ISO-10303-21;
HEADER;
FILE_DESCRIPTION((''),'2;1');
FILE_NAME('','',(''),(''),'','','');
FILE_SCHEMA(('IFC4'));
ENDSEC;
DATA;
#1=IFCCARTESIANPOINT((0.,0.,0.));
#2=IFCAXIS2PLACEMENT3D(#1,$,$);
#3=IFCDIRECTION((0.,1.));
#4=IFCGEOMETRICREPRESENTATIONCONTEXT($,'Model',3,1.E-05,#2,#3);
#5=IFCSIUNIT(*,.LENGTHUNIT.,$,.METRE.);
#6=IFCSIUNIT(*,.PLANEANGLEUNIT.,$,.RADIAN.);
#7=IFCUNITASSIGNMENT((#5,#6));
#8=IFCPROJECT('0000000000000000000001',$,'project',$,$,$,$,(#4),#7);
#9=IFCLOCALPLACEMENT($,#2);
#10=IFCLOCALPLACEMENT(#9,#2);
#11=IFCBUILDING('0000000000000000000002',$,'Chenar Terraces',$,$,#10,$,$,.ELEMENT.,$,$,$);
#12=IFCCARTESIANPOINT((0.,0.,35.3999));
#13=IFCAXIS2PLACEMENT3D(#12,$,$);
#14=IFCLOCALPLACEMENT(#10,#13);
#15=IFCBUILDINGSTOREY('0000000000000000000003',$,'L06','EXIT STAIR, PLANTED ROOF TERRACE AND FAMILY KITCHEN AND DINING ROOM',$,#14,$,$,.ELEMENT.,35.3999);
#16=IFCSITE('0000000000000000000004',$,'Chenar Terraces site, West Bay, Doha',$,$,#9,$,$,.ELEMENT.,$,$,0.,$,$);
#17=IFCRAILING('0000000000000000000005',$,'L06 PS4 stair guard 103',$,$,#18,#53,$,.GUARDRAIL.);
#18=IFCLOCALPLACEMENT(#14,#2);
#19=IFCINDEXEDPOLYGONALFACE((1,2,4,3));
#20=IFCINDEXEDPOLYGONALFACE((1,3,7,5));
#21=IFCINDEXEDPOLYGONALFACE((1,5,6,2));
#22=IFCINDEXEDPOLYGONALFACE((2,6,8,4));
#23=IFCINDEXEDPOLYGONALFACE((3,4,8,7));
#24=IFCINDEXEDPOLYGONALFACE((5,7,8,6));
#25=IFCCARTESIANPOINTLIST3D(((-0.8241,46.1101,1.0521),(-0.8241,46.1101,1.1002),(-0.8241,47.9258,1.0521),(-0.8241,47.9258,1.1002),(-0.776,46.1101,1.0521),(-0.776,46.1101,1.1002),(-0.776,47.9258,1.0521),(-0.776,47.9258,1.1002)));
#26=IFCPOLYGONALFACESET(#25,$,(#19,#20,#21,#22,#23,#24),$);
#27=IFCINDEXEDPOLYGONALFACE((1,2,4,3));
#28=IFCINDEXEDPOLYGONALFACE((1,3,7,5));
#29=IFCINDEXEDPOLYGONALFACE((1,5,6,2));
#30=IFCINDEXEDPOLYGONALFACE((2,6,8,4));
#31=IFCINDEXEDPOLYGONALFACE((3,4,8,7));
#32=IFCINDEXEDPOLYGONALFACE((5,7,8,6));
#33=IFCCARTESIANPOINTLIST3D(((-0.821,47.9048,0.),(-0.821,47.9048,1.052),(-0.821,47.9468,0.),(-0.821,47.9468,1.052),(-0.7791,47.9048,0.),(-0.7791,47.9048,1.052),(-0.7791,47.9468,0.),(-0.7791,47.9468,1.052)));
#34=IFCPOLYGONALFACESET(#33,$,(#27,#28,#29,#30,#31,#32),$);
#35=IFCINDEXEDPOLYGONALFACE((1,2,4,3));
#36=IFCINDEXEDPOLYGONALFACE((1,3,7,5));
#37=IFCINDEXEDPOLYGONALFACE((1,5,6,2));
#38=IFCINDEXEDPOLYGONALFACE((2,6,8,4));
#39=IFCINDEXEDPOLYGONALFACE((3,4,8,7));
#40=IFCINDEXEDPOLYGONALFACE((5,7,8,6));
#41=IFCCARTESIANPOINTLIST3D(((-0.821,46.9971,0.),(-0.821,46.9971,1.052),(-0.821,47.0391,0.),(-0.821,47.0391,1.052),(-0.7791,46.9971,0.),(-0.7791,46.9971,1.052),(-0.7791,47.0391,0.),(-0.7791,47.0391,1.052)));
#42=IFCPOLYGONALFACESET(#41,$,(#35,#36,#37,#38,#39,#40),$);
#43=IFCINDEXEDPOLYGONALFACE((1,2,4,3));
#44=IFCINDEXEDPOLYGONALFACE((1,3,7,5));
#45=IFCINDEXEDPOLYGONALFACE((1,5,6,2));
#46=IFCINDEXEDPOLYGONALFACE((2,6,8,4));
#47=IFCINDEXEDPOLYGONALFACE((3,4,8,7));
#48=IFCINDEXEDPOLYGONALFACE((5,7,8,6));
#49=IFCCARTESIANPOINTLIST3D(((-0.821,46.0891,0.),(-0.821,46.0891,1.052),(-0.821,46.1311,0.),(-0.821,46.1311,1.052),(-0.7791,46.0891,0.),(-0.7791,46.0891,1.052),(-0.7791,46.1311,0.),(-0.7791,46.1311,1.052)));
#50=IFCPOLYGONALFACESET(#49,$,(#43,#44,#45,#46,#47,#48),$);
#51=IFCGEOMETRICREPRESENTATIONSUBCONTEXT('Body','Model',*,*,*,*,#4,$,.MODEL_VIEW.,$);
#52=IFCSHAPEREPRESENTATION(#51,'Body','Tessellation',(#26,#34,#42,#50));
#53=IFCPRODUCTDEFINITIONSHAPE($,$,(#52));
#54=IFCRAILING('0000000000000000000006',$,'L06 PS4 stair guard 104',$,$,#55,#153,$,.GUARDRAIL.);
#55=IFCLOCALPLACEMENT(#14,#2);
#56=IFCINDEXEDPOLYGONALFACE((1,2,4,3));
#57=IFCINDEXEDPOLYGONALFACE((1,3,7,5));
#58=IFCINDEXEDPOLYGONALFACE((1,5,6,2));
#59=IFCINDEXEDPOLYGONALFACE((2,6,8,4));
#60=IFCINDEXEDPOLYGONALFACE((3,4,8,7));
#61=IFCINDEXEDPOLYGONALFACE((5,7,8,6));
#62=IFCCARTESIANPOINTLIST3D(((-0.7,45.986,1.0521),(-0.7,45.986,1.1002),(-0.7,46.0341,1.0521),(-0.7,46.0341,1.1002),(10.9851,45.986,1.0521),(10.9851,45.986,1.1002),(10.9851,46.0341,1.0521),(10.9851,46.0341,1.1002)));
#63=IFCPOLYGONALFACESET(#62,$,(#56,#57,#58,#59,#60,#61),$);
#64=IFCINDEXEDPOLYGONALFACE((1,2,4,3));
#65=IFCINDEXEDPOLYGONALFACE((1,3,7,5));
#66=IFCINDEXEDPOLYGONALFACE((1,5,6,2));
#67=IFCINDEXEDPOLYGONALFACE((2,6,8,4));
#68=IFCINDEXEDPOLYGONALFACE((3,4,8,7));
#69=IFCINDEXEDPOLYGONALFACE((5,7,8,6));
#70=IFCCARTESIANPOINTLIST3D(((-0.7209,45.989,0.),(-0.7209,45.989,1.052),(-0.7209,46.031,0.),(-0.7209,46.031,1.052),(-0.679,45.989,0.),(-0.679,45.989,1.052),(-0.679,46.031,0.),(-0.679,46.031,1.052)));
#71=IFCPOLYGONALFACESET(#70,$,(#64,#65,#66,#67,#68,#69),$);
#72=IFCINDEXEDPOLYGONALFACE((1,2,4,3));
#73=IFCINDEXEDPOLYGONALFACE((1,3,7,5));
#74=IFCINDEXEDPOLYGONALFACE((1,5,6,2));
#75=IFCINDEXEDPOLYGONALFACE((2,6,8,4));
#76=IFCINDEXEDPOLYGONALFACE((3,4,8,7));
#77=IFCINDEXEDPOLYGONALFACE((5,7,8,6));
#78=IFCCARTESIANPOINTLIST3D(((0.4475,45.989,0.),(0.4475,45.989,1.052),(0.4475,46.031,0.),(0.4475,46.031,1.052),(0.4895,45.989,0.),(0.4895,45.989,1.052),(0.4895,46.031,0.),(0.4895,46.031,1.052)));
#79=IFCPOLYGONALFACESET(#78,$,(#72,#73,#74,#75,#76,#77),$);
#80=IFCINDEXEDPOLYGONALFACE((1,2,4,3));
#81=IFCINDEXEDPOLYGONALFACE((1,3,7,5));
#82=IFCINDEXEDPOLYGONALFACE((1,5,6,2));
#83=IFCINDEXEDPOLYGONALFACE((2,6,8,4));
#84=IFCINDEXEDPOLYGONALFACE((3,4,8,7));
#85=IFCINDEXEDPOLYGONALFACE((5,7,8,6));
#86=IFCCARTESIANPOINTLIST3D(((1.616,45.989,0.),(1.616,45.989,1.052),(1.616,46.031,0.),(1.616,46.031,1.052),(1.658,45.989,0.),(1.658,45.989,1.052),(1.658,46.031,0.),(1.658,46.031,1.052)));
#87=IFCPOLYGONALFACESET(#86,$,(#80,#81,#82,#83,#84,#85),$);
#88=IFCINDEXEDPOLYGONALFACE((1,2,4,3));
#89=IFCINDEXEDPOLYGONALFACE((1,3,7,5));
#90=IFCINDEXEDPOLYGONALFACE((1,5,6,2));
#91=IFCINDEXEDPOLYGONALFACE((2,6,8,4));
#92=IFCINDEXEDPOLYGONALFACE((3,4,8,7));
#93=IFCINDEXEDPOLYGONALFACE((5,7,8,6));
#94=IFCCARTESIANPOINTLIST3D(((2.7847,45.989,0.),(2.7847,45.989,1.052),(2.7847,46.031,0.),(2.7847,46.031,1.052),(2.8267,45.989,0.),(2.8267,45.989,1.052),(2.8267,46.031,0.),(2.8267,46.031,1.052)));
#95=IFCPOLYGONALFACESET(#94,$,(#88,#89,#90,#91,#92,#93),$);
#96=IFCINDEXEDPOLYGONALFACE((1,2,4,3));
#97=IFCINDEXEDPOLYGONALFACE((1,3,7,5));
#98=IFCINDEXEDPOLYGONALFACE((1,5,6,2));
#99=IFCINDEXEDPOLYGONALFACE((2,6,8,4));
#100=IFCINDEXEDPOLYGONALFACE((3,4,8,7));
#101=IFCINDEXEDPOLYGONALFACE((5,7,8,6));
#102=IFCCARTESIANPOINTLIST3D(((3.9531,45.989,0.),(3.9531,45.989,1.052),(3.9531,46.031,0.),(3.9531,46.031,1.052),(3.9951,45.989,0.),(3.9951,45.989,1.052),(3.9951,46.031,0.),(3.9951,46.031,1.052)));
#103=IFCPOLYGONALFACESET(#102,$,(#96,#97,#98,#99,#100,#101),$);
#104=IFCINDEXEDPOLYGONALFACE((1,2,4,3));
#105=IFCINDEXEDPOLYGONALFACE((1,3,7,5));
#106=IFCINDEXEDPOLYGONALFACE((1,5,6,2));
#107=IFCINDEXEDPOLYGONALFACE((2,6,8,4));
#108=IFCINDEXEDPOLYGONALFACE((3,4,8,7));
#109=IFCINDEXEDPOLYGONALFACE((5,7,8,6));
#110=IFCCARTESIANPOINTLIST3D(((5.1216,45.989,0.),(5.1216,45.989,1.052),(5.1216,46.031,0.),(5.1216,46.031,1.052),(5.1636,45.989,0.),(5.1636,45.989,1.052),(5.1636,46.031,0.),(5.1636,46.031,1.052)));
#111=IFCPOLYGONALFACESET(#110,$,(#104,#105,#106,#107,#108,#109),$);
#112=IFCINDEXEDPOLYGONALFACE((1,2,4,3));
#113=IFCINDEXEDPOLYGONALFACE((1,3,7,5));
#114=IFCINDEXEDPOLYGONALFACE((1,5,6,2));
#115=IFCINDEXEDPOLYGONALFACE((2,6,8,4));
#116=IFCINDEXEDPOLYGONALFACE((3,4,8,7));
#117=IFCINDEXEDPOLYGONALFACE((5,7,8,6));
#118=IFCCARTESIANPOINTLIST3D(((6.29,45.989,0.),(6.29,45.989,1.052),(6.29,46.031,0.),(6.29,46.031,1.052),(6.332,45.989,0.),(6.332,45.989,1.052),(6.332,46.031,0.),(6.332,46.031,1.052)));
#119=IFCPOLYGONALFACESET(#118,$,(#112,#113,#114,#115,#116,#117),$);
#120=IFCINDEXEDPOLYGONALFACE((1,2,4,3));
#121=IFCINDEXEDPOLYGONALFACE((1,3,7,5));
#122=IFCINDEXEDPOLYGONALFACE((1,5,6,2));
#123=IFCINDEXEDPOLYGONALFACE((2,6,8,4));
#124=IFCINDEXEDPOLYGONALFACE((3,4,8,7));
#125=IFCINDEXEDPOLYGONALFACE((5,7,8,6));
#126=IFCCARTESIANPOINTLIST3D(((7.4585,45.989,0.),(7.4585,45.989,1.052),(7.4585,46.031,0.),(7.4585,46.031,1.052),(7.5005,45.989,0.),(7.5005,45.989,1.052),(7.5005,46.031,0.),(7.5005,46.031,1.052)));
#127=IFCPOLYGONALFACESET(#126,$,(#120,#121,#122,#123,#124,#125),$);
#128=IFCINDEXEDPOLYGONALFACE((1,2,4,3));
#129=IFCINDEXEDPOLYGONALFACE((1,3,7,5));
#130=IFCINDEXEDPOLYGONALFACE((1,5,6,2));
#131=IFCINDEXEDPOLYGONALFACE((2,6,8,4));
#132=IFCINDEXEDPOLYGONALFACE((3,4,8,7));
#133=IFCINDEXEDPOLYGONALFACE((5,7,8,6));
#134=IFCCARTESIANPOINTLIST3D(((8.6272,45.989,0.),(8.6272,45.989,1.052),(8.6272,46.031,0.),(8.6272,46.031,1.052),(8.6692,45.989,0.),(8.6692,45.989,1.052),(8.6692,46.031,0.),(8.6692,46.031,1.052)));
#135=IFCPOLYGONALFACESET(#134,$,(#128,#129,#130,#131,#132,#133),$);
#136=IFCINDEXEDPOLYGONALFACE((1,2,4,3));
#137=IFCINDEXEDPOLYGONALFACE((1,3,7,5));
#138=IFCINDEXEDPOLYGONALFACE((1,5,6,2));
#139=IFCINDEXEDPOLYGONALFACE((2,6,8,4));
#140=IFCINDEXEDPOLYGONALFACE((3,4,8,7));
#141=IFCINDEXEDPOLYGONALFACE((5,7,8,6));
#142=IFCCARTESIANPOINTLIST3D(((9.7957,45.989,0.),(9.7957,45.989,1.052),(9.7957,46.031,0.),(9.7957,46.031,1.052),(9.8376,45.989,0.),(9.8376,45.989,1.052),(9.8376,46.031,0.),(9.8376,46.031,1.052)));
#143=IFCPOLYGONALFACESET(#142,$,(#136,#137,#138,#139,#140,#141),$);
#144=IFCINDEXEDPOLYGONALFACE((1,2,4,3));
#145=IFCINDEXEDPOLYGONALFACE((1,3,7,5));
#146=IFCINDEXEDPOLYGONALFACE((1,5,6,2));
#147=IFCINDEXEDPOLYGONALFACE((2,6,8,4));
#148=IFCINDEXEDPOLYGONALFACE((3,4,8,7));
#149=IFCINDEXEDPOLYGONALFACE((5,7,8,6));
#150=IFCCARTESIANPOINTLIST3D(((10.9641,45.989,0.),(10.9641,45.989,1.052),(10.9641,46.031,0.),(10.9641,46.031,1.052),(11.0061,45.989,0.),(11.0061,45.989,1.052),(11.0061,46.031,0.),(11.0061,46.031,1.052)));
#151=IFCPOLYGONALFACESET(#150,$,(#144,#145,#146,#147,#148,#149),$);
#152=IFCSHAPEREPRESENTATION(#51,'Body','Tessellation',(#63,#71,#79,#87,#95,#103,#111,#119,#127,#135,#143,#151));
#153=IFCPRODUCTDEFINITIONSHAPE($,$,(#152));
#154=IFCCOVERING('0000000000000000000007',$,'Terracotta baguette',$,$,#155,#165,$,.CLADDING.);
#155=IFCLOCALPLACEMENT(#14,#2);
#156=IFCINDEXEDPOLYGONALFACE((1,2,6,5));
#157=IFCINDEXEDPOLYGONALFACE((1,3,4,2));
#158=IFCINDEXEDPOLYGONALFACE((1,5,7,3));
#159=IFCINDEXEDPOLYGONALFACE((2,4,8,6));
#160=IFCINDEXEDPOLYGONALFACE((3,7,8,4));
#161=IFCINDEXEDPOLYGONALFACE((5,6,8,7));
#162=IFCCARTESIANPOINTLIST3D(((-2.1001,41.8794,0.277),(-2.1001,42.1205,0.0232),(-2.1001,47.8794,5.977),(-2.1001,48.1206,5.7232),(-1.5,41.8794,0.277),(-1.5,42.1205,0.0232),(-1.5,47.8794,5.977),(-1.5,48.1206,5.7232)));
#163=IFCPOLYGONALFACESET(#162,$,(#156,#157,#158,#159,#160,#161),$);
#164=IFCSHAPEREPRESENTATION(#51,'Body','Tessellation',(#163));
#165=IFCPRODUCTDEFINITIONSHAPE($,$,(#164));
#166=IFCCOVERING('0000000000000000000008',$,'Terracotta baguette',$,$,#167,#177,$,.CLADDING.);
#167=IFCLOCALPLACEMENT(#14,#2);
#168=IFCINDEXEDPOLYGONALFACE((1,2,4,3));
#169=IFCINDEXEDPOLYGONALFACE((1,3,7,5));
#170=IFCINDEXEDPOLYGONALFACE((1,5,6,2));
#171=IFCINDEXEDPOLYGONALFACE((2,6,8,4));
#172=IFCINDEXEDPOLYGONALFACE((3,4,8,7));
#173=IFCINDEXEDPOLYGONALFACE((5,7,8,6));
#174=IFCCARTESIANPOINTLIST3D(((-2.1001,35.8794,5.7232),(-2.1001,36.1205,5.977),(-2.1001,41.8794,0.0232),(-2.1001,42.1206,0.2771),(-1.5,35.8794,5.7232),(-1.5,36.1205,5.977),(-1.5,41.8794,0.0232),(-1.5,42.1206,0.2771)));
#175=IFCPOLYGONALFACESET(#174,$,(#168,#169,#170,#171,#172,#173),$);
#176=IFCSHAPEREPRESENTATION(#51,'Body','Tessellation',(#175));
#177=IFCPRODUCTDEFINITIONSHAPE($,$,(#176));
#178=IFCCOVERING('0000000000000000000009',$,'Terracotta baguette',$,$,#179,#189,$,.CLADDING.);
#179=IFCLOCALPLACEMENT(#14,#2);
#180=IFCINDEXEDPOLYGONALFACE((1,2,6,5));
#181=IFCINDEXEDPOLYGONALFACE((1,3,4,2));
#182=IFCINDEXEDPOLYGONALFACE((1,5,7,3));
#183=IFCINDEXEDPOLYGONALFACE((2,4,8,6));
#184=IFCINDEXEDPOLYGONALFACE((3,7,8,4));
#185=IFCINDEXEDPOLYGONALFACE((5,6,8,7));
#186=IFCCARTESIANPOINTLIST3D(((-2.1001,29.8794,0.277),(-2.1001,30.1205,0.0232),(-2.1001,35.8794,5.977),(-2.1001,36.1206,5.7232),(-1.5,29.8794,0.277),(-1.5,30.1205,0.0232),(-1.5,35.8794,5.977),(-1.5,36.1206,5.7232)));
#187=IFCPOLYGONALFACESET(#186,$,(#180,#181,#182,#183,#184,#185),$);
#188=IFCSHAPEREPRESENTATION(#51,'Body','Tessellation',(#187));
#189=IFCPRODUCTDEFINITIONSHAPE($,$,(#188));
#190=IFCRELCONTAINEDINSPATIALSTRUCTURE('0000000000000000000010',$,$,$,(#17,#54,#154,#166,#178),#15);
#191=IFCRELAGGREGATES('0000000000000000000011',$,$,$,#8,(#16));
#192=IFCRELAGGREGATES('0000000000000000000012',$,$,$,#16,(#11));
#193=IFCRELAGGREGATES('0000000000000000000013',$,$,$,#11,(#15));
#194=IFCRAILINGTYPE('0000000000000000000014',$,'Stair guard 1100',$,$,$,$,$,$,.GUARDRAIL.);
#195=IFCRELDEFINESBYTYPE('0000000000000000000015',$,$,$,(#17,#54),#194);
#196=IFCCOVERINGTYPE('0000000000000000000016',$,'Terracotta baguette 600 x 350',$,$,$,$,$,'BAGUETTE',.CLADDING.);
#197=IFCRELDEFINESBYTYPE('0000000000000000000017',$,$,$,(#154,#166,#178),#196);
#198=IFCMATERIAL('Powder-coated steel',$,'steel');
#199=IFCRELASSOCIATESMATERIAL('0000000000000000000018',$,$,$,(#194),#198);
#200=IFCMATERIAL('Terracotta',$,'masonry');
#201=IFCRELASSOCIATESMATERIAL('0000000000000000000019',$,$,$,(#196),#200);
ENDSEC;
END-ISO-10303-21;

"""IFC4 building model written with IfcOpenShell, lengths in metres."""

from ifc_helpers import new_model, si_unit, direction, frame, origin, origin_2d, place, context, subcontext, project, spatial, rectangle, extrude, material, material_profile, profile_set, type_object, element, save


model = new_model("IFC4")

# Units and contexts
model_context = context("Model", 3, precision=1e-05, world=origin(), true_north=direction((0.0, 1.0)))
body_context = subcontext(model_context, "Body", "Model", "MODEL_VIEW")
ifc_project = project(units=[si_unit("LENGTHUNIT", "METRE"), si_unit("PLANEANGLEUNIT", "RADIAN")], contexts=[model_context])

# Site, building, storey
site_placement = place(None, origin())
site = spatial("IfcSite", under=ifc_project, at=site_placement, Name="Chenar Terraces site, West Bay, Doha", CompositionType="ELEMENT", RefElevation=0.0)
building_placement = place(site_placement, origin())
building = spatial("IfcBuilding", under=site, at=building_placement, Name="Chenar Terraces", CompositionType="ELEMENT")
storey_placement = place(building_placement, frame((0.0, 0.0, 35.3999)))
storey = spatial("IfcBuildingStorey", under=building, at=storey_placement, Name="L06", Description="EXIT STAIR, PLANTED ROOF TERRACE AND FAMILY KITCHEN AND DINING ROOM", CompositionType="ELEMENT", Elevation=35.3999)

# Railings
ifc_material_1 = material(Name="Powder-coated steel", Category="steel")
railing_type = type_object("IfcRailingType", Name="Stair guard 1100", PredefinedType="GUARDRAIL", material=ifc_material_1)
railing_1_placement = place(storey_placement, frame((-0.8, 47.9258, 0.0)))
element("IfcRailing", 1, at=railing_1_placement, inside=storey, type_object=railing_type, Name="L06 PS4 stair guard 103", PredefinedType="GUARDRAIL", context=body_context, shape_type="SweptSolid", body=[
    extrude(rectangle(XDim=0.0481, YDim=0.0481, at=origin_2d()), frame((0.0, 0.0, 1.0762), z_axis=(0.0, -1.0, 0.0), x_axis=(1.0, 0.0, 0.0)), (0.0, 0.0, 1.0), 1.8157),
    extrude(rectangle(XDim=0.042, YDim=0.042, at=origin_2d()), origin(), (0.0, 0.0, 1.0), 1.052),
    extrude(rectangle(XDim=0.042, YDim=0.042, at=origin_2d()), frame((0.0, -0.9077, 0.0)), (0.0, 0.0, 1.0), 1.052),
    extrude(rectangle(XDim=0.042, YDim=0.042, at=origin_2d()), frame((0.0, -1.8157, 0.0)), (0.0, 0.0, 1.0), 1.052),
])
railing_2_placement = place(storey_placement, frame((-0.7, 46.01, 0.0)))
element("IfcRailing", 2, at=railing_2_placement, inside=storey, type_object=railing_type, Name="L06 PS4 stair guard 104", PredefinedType="GUARDRAIL", context=body_context, shape_type="SweptSolid", body=[
    extrude(rectangle(XDim=0.0481, YDim=0.0481, at=origin_2d()), frame((0.0, 0.0, 1.0762), z_axis=(1.0, 0.0, 0.0), x_axis=(0.0, 1.0, 0.0)), (0.0, 0.0, 1.0), 11.6851),
    extrude(rectangle(XDim=0.042, YDim=0.042, at=origin_2d()), origin(), (0.0, 0.0, 1.0), 1.052),
    extrude(rectangle(XDim=0.042, YDim=0.042, at=origin_2d()), frame((1.1685, 0.0, 0.0)), (0.0, 0.0, 1.0), 1.052),
    extrude(rectangle(XDim=0.042, YDim=0.042, at=origin_2d()), frame((2.3369, 0.0, 0.0)), (0.0, 0.0, 1.0), 1.052),
    extrude(rectangle(XDim=0.042, YDim=0.042, at=origin_2d()), frame((3.5056, 0.0, 0.0)), (0.0, 0.0, 1.0), 1.052),
    extrude(rectangle(XDim=0.042, YDim=0.042, at=origin_2d()), frame((4.6741, 0.0, 0.0)), (0.0, 0.0, 1.0), 1.052),
    extrude(rectangle(XDim=0.042, YDim=0.042, at=origin_2d()), frame((5.8425, 0.0, 0.0)), (0.0, 0.0, 1.0), 1.052),
    extrude(rectangle(XDim=0.042, YDim=0.042, at=origin_2d()), frame((7.011, 0.0, 0.0)), (0.0, 0.0, 1.0), 1.052),
    extrude(rectangle(XDim=0.042, YDim=0.042, at=origin_2d()), frame((8.1794, 0.0, 0.0)), (0.0, 0.0, 1.0), 1.052),
    extrude(rectangle(XDim=0.042, YDim=0.042, at=origin_2d()), frame((9.3481, 0.0, 0.0)), (0.0, 0.0, 1.0), 1.052),
    extrude(rectangle(XDim=0.042, YDim=0.042, at=origin_2d()), frame((10.5166, 0.0, 0.0)), (0.0, 0.0, 1.0), 1.052),
    extrude(rectangle(XDim=0.042, YDim=0.042, at=origin_2d()), frame((11.6851, 0.0, 0.0)), (0.0, 0.0, 1.0), 1.052),
])

# Coverings
ifc_material_2 = material(Name="Terracotta", Category="masonry")
ifc_material_profile_1 = material_profile(ifc_material_2, rectangle(XDim=0.6001, YDim=0.3501, at=origin_2d()), Name="Terracotta baguette 600 x 350")
ifc_profile_set_1 = profile_set([ifc_material_profile_1], Name="Terracotta")
covering_type = type_object("IfcCoveringType", Name="Terracotta baguette 600 x 350", ElementType="BAGUETTE", PredefinedType="CLADDING", material=ifc_profile_set_1)
for number, where, z_axis, x_axis, name in (
    (3, (-1.8, 48.0, 5.8501), (0.0, -0.725002, -0.688746), (1.0, 0.0, 0.0), "Terracotta baguette"),
    (4, (-1.8, 42.0, 0.1501), (0.0, -0.725002, 0.688746), (1.0, 0.0, 0.0), "Terracotta baguette"),
    (5, (-1.8, 36.0, 5.8501), (0.0, -0.725002, -0.688746), (1.0, 0.0, 0.0), "Terracotta baguette"),
):
    element("IfcCovering", number, at=place(storey_placement, frame(where, z_axis=z_axis, x_axis=x_axis)), inside=storey, type_object=covering_type, Name=name, PredefinedType="CLADDING", context=body_context, shape_type="SweptSolid", body=[
        extrude(rectangle(XDim=0.6001, YDim=0.3501, at=origin_2d()), origin(), (0.0, 0.0, 1.0), 8.2759),
    ])

save(model, "model.ifc")
